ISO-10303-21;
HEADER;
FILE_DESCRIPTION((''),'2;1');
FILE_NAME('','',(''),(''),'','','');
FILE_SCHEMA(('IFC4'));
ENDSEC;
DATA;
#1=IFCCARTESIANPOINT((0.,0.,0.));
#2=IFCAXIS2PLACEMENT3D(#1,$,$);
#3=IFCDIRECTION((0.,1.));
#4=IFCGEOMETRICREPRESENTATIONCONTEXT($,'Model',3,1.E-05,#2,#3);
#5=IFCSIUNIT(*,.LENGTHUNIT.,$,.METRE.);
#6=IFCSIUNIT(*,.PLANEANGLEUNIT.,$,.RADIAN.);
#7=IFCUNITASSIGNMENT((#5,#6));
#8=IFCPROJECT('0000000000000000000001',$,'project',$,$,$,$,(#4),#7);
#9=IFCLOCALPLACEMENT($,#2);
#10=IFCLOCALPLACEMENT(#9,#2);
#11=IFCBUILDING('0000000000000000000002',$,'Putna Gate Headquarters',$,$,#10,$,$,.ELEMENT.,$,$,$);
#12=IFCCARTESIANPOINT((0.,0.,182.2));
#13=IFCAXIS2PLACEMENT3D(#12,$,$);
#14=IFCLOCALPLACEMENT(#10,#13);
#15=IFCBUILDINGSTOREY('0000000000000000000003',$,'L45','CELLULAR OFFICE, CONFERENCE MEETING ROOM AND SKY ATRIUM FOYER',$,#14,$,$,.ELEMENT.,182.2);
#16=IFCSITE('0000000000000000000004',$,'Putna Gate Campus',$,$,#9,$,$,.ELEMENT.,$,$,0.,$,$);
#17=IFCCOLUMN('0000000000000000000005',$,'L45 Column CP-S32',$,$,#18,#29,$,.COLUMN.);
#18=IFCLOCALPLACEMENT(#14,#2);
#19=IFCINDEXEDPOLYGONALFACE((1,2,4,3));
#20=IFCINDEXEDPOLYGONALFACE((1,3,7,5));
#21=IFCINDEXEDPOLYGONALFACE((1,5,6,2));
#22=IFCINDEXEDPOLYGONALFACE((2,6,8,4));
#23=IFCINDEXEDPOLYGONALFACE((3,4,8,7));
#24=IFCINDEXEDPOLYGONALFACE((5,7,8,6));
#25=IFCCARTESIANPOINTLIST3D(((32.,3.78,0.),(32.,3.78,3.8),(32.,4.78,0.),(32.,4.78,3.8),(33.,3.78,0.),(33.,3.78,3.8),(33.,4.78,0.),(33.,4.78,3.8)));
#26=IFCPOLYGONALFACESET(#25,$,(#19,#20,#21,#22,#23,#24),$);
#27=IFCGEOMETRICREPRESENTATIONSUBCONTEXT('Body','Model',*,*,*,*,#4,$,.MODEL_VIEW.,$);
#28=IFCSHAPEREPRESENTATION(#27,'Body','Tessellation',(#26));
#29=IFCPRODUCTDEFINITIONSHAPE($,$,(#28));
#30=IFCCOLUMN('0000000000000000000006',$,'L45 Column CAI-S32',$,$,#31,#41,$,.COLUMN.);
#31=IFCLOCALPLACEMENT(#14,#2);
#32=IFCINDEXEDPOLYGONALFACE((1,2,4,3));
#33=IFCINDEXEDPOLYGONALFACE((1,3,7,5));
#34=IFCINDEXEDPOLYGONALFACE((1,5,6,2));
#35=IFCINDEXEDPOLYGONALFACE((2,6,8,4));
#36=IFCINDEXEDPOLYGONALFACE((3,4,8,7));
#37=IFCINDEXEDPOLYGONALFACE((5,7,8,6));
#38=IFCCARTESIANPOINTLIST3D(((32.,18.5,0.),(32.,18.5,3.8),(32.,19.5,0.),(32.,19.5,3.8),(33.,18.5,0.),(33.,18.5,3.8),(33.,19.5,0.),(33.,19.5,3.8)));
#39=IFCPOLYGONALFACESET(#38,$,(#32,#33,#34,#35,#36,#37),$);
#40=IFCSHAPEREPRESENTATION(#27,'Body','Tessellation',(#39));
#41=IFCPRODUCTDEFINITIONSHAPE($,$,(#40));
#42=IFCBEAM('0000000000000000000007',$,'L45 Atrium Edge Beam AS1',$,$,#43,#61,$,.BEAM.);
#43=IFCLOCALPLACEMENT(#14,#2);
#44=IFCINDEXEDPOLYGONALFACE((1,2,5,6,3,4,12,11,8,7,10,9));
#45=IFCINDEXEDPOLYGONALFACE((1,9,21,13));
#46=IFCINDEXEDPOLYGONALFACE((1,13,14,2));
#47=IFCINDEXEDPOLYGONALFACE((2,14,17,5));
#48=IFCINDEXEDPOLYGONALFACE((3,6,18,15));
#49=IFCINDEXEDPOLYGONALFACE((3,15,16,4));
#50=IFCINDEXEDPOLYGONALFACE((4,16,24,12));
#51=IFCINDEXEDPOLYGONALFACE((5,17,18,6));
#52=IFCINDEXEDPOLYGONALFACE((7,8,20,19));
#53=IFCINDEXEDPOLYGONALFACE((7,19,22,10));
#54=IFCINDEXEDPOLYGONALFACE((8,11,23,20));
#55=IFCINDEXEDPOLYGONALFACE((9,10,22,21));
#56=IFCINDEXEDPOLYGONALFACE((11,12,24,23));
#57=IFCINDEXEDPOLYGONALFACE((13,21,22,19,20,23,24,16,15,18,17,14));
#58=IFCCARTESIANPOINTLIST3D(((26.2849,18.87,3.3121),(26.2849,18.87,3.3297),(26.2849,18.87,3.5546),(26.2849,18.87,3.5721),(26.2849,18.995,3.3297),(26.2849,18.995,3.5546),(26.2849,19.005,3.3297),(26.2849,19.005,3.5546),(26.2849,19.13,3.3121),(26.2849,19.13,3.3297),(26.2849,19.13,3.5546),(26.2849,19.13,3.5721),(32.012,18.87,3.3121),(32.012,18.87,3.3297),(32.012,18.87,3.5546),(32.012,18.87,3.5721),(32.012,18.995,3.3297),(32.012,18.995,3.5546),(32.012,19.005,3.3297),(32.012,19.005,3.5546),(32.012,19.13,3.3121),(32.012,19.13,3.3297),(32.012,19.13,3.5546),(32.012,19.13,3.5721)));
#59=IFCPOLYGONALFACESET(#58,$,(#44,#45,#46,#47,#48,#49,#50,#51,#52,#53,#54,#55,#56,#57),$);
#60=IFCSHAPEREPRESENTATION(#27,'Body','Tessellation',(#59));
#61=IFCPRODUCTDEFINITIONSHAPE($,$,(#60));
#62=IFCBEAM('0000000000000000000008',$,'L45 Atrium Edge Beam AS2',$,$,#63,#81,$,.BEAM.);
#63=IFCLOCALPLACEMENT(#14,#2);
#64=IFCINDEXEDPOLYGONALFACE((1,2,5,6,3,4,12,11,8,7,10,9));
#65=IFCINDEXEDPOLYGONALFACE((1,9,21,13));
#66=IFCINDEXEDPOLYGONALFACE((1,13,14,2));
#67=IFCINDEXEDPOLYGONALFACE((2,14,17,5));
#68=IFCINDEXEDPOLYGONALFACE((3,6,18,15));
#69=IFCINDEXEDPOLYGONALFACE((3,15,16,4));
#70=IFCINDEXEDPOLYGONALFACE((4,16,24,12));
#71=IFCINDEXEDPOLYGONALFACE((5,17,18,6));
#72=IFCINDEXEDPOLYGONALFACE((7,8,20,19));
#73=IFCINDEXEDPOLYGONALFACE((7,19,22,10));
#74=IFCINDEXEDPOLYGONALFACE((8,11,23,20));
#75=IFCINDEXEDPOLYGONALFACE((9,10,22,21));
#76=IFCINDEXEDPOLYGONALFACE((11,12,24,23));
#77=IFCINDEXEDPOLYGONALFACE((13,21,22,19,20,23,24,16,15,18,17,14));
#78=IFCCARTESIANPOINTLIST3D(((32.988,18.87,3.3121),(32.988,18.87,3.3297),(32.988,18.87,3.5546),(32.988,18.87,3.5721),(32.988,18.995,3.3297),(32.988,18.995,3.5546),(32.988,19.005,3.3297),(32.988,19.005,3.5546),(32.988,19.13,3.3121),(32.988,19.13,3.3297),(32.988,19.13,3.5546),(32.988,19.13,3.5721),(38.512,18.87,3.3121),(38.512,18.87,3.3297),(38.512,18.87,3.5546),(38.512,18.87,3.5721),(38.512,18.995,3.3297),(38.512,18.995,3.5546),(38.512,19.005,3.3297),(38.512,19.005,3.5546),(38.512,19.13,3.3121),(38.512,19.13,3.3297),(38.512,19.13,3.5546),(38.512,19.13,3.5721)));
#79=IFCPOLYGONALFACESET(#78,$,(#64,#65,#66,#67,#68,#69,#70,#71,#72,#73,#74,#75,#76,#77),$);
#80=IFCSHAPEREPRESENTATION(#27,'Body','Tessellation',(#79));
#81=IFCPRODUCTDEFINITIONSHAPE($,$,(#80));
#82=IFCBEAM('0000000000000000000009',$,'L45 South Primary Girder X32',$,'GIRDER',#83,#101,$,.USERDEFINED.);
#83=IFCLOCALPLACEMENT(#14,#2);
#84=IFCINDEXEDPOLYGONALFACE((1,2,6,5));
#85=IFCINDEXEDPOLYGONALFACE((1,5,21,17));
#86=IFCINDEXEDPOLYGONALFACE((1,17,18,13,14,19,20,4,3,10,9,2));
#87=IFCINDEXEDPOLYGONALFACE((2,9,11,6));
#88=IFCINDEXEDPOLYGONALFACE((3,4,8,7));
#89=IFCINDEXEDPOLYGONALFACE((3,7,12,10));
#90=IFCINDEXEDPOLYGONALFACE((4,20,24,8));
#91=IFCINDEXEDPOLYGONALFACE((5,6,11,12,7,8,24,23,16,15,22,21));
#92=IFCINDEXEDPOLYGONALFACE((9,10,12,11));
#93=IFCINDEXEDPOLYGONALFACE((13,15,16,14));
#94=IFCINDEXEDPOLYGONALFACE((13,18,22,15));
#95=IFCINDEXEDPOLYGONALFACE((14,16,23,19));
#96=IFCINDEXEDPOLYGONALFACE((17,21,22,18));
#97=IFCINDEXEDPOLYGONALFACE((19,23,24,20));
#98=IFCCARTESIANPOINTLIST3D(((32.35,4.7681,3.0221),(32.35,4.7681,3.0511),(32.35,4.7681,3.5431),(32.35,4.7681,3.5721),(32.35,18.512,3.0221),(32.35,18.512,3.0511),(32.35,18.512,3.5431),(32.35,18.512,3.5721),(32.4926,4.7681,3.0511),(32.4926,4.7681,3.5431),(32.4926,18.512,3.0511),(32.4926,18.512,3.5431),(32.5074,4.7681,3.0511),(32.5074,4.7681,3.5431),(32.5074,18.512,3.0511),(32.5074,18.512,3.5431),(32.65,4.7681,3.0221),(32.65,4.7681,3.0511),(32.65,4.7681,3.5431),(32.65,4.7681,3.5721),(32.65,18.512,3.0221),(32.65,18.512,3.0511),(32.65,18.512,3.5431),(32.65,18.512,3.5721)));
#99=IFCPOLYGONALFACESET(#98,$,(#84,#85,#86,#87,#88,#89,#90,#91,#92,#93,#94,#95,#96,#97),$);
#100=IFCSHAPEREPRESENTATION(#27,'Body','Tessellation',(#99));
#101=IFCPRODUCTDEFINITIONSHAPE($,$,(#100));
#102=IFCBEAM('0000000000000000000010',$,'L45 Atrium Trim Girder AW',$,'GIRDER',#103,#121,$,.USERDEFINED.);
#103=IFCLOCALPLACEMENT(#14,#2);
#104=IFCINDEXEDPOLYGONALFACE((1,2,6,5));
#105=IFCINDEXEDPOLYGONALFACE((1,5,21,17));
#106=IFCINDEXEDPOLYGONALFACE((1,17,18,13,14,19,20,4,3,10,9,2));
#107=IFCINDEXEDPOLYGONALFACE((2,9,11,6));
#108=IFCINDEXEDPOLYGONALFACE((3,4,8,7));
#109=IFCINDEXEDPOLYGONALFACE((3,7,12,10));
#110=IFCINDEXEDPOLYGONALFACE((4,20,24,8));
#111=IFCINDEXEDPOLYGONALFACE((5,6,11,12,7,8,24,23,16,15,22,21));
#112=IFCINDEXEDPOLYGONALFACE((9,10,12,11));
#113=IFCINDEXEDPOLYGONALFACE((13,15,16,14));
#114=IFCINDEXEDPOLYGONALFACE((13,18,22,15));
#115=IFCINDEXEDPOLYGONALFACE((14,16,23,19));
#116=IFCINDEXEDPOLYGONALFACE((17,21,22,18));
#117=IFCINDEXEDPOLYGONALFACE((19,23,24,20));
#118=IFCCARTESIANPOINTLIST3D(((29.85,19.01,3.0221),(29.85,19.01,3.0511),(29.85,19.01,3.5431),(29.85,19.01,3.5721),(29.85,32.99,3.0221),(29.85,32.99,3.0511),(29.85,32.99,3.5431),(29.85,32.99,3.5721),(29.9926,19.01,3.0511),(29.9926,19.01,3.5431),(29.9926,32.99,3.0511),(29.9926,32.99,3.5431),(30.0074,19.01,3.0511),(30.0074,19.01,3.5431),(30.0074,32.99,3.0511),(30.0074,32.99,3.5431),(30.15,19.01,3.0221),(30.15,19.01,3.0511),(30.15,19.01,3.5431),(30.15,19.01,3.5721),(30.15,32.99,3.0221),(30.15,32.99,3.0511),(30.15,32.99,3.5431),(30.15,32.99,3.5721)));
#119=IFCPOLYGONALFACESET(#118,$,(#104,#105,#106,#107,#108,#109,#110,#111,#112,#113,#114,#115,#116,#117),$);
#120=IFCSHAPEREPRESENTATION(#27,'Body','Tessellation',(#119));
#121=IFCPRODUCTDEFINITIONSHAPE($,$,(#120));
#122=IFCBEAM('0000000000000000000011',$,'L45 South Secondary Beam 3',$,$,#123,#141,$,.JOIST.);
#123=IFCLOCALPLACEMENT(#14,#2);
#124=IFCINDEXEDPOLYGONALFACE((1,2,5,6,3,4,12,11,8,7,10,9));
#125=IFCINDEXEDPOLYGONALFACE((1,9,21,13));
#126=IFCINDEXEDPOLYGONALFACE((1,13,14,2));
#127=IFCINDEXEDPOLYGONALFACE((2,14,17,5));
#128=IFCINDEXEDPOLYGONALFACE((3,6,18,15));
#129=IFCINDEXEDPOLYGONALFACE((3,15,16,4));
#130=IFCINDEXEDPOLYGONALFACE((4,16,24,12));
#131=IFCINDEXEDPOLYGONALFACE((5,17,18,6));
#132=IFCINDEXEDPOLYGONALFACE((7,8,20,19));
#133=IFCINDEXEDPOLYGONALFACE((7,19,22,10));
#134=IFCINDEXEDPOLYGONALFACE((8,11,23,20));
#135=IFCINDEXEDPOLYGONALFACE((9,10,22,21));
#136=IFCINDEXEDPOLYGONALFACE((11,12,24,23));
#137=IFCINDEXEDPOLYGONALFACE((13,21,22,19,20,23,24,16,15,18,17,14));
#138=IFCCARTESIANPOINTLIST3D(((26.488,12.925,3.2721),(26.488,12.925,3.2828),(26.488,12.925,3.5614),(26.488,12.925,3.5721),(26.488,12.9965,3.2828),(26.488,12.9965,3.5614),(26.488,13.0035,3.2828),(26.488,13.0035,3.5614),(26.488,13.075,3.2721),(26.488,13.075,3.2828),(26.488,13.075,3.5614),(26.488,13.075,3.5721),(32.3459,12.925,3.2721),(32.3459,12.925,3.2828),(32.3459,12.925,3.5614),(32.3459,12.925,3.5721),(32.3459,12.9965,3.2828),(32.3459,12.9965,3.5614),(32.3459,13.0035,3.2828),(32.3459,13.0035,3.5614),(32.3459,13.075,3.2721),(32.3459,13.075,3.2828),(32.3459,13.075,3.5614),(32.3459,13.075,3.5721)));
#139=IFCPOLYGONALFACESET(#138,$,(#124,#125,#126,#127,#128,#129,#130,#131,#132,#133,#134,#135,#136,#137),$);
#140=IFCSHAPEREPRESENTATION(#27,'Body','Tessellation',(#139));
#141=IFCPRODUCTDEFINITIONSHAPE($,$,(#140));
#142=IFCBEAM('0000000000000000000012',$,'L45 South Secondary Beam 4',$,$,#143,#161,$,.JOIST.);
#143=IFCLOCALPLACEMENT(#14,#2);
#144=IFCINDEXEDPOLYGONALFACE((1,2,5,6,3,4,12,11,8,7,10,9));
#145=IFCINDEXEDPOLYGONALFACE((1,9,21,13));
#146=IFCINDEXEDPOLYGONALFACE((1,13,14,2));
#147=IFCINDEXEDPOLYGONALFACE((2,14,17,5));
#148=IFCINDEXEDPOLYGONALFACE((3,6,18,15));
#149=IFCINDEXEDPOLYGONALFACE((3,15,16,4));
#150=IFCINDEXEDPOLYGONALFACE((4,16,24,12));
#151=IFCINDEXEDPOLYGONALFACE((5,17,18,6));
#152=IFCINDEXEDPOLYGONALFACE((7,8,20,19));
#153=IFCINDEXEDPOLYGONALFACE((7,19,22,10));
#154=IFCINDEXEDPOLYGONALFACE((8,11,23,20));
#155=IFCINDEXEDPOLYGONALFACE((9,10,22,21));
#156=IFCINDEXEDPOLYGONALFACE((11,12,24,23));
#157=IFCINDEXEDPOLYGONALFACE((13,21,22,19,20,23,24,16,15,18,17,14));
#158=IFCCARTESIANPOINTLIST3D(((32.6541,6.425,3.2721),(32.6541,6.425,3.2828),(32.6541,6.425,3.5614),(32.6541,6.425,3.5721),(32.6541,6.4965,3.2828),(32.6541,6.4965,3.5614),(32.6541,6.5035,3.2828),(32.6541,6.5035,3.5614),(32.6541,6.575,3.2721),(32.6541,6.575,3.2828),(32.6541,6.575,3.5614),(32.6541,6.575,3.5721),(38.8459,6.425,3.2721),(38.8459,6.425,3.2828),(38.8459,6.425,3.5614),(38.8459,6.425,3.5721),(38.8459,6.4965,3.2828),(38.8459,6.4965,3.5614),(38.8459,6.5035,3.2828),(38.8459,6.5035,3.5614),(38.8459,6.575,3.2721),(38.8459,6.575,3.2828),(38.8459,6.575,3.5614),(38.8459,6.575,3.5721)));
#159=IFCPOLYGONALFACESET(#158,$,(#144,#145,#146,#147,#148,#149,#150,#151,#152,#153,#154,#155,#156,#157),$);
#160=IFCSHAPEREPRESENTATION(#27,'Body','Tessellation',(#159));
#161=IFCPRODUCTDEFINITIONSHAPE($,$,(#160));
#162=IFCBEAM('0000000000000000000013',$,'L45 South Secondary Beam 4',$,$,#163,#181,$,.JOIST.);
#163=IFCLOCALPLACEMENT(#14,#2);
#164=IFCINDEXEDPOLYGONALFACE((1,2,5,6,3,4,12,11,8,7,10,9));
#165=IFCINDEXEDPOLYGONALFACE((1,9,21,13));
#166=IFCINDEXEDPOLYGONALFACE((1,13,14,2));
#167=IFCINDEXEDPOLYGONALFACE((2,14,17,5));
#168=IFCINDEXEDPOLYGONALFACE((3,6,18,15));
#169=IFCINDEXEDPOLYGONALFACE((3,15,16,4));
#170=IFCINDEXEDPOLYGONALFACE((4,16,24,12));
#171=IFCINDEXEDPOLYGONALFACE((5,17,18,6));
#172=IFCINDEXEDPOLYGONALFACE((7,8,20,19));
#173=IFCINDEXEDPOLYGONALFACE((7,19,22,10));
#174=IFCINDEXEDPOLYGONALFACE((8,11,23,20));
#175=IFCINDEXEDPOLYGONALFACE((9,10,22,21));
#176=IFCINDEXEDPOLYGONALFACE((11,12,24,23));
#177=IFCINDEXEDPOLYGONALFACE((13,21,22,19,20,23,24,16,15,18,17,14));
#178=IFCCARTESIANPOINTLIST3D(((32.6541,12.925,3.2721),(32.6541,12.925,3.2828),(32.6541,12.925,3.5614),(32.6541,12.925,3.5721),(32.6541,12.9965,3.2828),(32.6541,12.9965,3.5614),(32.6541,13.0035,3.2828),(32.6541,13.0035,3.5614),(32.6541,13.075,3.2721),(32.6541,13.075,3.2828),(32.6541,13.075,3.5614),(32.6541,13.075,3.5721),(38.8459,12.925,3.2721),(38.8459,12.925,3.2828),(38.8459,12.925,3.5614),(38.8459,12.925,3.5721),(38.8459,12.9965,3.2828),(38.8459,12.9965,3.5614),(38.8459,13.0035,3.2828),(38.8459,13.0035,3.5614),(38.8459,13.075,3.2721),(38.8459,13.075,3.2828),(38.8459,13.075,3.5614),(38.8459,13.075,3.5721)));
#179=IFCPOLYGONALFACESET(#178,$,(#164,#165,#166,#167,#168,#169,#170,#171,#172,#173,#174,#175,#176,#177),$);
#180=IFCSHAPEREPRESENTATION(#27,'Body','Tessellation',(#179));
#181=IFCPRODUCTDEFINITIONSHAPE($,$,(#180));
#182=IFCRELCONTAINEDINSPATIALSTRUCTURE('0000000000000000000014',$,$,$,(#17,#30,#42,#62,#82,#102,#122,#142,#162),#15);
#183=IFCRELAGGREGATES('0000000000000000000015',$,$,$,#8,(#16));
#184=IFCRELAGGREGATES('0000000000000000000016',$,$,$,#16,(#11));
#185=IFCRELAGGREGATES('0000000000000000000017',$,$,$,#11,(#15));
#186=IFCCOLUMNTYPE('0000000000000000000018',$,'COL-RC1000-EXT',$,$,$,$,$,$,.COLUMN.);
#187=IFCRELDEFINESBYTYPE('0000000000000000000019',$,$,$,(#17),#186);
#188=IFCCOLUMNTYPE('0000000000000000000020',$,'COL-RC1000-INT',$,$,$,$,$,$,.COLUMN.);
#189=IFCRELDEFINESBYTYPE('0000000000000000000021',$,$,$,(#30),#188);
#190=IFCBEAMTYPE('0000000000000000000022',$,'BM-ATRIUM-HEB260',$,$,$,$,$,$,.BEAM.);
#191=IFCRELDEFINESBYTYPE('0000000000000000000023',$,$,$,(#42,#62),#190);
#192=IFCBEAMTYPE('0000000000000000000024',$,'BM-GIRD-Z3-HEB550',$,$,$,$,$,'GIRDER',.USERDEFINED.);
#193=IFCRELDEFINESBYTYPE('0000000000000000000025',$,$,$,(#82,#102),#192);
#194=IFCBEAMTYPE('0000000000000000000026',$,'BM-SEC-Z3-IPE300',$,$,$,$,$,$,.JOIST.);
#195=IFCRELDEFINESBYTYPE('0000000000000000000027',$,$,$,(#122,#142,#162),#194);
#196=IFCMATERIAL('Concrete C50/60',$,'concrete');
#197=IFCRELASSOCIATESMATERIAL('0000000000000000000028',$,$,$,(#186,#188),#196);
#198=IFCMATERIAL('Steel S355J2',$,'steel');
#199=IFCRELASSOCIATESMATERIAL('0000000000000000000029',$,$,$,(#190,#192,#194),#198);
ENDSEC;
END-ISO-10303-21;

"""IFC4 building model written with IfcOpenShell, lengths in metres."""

from ifc_helpers import new_model, si_unit, direction, frame, origin, origin_2d, place, context, subcontext, project, spatial, rectangle, i_section, extrude, material, material_profile, profile_set, type_object, element, save


model = new_model("IFC4")

# Units and contexts
model_context = context("Model", 3, precision=1e-05, world=origin(), true_north=direction((0.0, 1.0)))
body_context = subcontext(model_context, "Body", "Model", "MODEL_VIEW")
ifc_project = project(units=[si_unit("LENGTHUNIT", "METRE"), si_unit("PLANEANGLEUNIT", "RADIAN")], contexts=[model_context])

# Site, building, storey
site_placement = place(None, origin())
site = spatial("IfcSite", under=ifc_project, at=site_placement, Name="Putna Gate Campus", CompositionType="ELEMENT", RefElevation=0.0)
building_placement = place(site_placement, origin())
building = spatial("IfcBuilding", under=site, at=building_placement, Name="Putna Gate Headquarters", CompositionType="ELEMENT")
storey_placement = place(building_placement, frame((0.0, 0.0, 182.2)))
storey = spatial("IfcBuildingStorey", under=building, at=storey_placement, Name="L45", Description="CELLULAR OFFICE, CONFERENCE MEETING ROOM AND SKY ATRIUM FOYER", CompositionType="ELEMENT", Elevation=182.2)

# Columns
ifc_material_1 = material(Name="Concrete C50/60", Category="concrete")
ifc_material_profile_1 = material_profile(ifc_material_1, rectangle(XDim=1.0, YDim=1.0, at=origin_2d()), Name="Concrete C50/60")
ifc_profile_set_1 = profile_set([ifc_material_profile_1], Name="Concrete C50/60")
column_type_1 = type_object("IfcColumnType", Name="COL-RC1000-EXT", PredefinedType="COLUMN", material=ifc_profile_set_1)
column_1_placement = place(storey_placement, frame((32.5, 4.28, 0.0), z_axis=(0.0, 0.0, 1.0), x_axis=(1.0, 0.0, 0.0)))
element("IfcColumn", 1, at=column_1_placement, inside=storey, type_object=column_type_1, Name="L45 Column CP-S32", PredefinedType="COLUMN", context=body_context, shape_type="SweptSolid", body=[
    extrude(rectangle(XDim=1.0, YDim=1.0, at=origin_2d()), origin(), (0.0, 0.0, 1.0), 3.8),
])
ifc_material_profile_2 = material_profile(ifc_material_1, rectangle(XDim=1.0, YDim=1.0, at=origin_2d()), Name="Concrete C50/60")
ifc_profile_set_2 = profile_set([ifc_material_profile_2], Name="Concrete C50/60")
column_type_2 = type_object("IfcColumnType", Name="COL-RC1000-INT", PredefinedType="COLUMN", material=ifc_profile_set_2)
column_2_placement = place(storey_placement, frame((32.5, 19.0, 0.0), z_axis=(0.0, 0.0, 1.0), x_axis=(1.0, 0.0, 0.0)))
element("IfcColumn", 2, at=column_2_placement, inside=storey, type_object=column_type_2, Name="L45 Column CAI-S32", PredefinedType="COLUMN", context=body_context, shape_type="SweptSolid", body=[
    extrude(rectangle(XDim=1.0, YDim=1.0, at=origin_2d()), origin(), (0.0, 0.0, 1.0), 3.8),
])

# Beams
ifc_material_2 = material(Name="Steel S355J2", Category="steel")
ifc_material_profile_3 = material_profile(ifc_material_2, i_section(OverallWidth=0.26, OverallDepth=0.26, WebThickness=0.01, FlangeThickness=0.0176, at=origin_2d()), Name="Steel S355J2")
ifc_profile_set_3 = profile_set([ifc_material_profile_3], Name="Steel S355J2")
beam_type_1 = type_object("IfcBeamType", Name="BM-ATRIUM-HEB260", PredefinedType="BEAM", material=ifc_profile_set_3)
beam_1_placement = place(storey_placement, frame((26.2849, 19.0, 3.4421), z_axis=(1.0, 0.0, 0.0), x_axis=(0.0, 1.0, 0.0)))
element("IfcBeam", 3, at=beam_1_placement, inside=storey, type_object=beam_type_1, Name="L45 Atrium Edge Beam AS1", PredefinedType="BEAM", context=body_context, shape_type="SweptSolid", body=[
    extrude(i_section(OverallWidth=0.26, OverallDepth=0.26, WebThickness=0.01, FlangeThickness=0.0176, at=origin_2d()), origin(), (0.0, 0.0, 1.0), 5.7271),
])
beam_2_placement = place(storey_placement, frame((32.988, 19.0, 3.4421), z_axis=(1.0, 0.0, 0.0), x_axis=(0.0, 1.0, 0.0)))
element("IfcBeam", 4, at=beam_2_placement, inside=storey, type_object=beam_type_1, Name="L45 Atrium Edge Beam AS2", PredefinedType="BEAM", context=body_context, shape_type="SweptSolid", body=[
    extrude(i_section(OverallWidth=0.26, OverallDepth=0.26, WebThickness=0.01, FlangeThickness=0.0176, at=origin_2d()), origin(), (0.0, 0.0, 1.0), 5.5239),
])
ifc_material_profile_4 = material_profile(ifc_material_2, i_section(OverallWidth=0.3, OverallDepth=0.55, WebThickness=0.0149, FlangeThickness=0.0291, at=origin_2d()), Name="Steel S355J2")
ifc_profile_set_4 = profile_set([ifc_material_profile_4], Name="Steel S355J2")
beam_type_2 = type_object("IfcBeamType", Name="BM-GIRD-Z3-HEB550", ElementType="GIRDER", PredefinedType="USERDEFINED", material=ifc_profile_set_4)
beam_3_placement = place(storey_placement, frame((32.5, 4.7681, 3.2971), z_axis=(0.0, 1.0, 0.0), x_axis=(-1.0, 0.0, 0.0)))
element("IfcBeam", 5, at=beam_3_placement, inside=storey, type_object=beam_type_2, Name="L45 South Primary Girder X32", ObjectType="GIRDER", PredefinedType="USERDEFINED", context=body_context, shape_type="SweptSolid", body=[
    extrude(i_section(OverallWidth=0.3, OverallDepth=0.55, WebThickness=0.0149, FlangeThickness=0.0291, at=origin_2d()), origin(), (0.0, 0.0, 1.0), 13.7439),
])
beam_4_placement = place(storey_placement, frame((30.0, 19.01, 3.2971), z_axis=(0.0, 1.0, 0.0), x_axis=(-1.0, 0.0, 0.0)))
element("IfcBeam", 6, at=beam_4_placement, inside=storey, type_object=beam_type_2, Name="L45 Atrium Trim Girder AW", ObjectType="GIRDER", PredefinedType="USERDEFINED", context=body_context, shape_type="SweptSolid", body=[
    extrude(i_section(OverallWidth=0.3, OverallDepth=0.55, WebThickness=0.0149, FlangeThickness=0.0291, at=origin_2d()), origin(), (0.0, 0.0, 1.0), 13.98),
])
ifc_material_profile_5 = material_profile(ifc_material_2, i_section(OverallWidth=0.1499, OverallDepth=0.3, WebThickness=0.0071, FlangeThickness=0.0107, at=origin_2d()), Name="Steel S355J2")
ifc_profile_set_5 = profile_set([ifc_material_profile_5], Name="Steel S355J2")
beam_type_3 = type_object("IfcBeamType", Name="BM-SEC-Z3-IPE300", PredefinedType="JOIST", material=ifc_profile_set_5)
beam_5_placement = place(storey_placement, frame((26.488, 13.0, 3.4221), z_axis=(1.0, 0.0, 0.0), x_axis=(0.0, 1.0, 0.0)))
element("IfcBeam", 7, at=beam_5_placement, inside=storey, type_object=beam_type_3, Name="L45 South Secondary Beam 3", PredefinedType="JOIST", context=body_context, shape_type="SweptSolid", body=[
    extrude(i_section(OverallWidth=0.1499, OverallDepth=0.3, WebThickness=0.0071, FlangeThickness=0.0107, at=origin_2d()), origin(), (0.0, 0.0, 1.0), 5.8579),
])
for number, where, z_axis, x_axis, name in (
    (8, (32.6541, 6.5, 3.4221), (1.0, 0.0, 0.0), (0.0, 1.0, 0.0), "L45 South Secondary Beam 4"),
    (9, (32.6541, 13.0, 3.4221), (1.0, 0.0, 0.0), (0.0, 1.0, 0.0), "L45 South Secondary Beam 4"),
):
    element("IfcBeam", number, at=place(storey_placement, frame(where, z_axis=z_axis, x_axis=x_axis)), inside=storey, type_object=beam_type_3, Name=name, PredefinedType="JOIST", context=body_context, shape_type="SweptSolid", body=[
        extrude(i_section(OverallWidth=0.1499, OverallDepth=0.3, WebThickness=0.0071, FlangeThickness=0.0107, at=origin_2d()), origin(), (0.0, 0.0, 1.0), 6.1919),
    ])

save(model, "model.ifc")
